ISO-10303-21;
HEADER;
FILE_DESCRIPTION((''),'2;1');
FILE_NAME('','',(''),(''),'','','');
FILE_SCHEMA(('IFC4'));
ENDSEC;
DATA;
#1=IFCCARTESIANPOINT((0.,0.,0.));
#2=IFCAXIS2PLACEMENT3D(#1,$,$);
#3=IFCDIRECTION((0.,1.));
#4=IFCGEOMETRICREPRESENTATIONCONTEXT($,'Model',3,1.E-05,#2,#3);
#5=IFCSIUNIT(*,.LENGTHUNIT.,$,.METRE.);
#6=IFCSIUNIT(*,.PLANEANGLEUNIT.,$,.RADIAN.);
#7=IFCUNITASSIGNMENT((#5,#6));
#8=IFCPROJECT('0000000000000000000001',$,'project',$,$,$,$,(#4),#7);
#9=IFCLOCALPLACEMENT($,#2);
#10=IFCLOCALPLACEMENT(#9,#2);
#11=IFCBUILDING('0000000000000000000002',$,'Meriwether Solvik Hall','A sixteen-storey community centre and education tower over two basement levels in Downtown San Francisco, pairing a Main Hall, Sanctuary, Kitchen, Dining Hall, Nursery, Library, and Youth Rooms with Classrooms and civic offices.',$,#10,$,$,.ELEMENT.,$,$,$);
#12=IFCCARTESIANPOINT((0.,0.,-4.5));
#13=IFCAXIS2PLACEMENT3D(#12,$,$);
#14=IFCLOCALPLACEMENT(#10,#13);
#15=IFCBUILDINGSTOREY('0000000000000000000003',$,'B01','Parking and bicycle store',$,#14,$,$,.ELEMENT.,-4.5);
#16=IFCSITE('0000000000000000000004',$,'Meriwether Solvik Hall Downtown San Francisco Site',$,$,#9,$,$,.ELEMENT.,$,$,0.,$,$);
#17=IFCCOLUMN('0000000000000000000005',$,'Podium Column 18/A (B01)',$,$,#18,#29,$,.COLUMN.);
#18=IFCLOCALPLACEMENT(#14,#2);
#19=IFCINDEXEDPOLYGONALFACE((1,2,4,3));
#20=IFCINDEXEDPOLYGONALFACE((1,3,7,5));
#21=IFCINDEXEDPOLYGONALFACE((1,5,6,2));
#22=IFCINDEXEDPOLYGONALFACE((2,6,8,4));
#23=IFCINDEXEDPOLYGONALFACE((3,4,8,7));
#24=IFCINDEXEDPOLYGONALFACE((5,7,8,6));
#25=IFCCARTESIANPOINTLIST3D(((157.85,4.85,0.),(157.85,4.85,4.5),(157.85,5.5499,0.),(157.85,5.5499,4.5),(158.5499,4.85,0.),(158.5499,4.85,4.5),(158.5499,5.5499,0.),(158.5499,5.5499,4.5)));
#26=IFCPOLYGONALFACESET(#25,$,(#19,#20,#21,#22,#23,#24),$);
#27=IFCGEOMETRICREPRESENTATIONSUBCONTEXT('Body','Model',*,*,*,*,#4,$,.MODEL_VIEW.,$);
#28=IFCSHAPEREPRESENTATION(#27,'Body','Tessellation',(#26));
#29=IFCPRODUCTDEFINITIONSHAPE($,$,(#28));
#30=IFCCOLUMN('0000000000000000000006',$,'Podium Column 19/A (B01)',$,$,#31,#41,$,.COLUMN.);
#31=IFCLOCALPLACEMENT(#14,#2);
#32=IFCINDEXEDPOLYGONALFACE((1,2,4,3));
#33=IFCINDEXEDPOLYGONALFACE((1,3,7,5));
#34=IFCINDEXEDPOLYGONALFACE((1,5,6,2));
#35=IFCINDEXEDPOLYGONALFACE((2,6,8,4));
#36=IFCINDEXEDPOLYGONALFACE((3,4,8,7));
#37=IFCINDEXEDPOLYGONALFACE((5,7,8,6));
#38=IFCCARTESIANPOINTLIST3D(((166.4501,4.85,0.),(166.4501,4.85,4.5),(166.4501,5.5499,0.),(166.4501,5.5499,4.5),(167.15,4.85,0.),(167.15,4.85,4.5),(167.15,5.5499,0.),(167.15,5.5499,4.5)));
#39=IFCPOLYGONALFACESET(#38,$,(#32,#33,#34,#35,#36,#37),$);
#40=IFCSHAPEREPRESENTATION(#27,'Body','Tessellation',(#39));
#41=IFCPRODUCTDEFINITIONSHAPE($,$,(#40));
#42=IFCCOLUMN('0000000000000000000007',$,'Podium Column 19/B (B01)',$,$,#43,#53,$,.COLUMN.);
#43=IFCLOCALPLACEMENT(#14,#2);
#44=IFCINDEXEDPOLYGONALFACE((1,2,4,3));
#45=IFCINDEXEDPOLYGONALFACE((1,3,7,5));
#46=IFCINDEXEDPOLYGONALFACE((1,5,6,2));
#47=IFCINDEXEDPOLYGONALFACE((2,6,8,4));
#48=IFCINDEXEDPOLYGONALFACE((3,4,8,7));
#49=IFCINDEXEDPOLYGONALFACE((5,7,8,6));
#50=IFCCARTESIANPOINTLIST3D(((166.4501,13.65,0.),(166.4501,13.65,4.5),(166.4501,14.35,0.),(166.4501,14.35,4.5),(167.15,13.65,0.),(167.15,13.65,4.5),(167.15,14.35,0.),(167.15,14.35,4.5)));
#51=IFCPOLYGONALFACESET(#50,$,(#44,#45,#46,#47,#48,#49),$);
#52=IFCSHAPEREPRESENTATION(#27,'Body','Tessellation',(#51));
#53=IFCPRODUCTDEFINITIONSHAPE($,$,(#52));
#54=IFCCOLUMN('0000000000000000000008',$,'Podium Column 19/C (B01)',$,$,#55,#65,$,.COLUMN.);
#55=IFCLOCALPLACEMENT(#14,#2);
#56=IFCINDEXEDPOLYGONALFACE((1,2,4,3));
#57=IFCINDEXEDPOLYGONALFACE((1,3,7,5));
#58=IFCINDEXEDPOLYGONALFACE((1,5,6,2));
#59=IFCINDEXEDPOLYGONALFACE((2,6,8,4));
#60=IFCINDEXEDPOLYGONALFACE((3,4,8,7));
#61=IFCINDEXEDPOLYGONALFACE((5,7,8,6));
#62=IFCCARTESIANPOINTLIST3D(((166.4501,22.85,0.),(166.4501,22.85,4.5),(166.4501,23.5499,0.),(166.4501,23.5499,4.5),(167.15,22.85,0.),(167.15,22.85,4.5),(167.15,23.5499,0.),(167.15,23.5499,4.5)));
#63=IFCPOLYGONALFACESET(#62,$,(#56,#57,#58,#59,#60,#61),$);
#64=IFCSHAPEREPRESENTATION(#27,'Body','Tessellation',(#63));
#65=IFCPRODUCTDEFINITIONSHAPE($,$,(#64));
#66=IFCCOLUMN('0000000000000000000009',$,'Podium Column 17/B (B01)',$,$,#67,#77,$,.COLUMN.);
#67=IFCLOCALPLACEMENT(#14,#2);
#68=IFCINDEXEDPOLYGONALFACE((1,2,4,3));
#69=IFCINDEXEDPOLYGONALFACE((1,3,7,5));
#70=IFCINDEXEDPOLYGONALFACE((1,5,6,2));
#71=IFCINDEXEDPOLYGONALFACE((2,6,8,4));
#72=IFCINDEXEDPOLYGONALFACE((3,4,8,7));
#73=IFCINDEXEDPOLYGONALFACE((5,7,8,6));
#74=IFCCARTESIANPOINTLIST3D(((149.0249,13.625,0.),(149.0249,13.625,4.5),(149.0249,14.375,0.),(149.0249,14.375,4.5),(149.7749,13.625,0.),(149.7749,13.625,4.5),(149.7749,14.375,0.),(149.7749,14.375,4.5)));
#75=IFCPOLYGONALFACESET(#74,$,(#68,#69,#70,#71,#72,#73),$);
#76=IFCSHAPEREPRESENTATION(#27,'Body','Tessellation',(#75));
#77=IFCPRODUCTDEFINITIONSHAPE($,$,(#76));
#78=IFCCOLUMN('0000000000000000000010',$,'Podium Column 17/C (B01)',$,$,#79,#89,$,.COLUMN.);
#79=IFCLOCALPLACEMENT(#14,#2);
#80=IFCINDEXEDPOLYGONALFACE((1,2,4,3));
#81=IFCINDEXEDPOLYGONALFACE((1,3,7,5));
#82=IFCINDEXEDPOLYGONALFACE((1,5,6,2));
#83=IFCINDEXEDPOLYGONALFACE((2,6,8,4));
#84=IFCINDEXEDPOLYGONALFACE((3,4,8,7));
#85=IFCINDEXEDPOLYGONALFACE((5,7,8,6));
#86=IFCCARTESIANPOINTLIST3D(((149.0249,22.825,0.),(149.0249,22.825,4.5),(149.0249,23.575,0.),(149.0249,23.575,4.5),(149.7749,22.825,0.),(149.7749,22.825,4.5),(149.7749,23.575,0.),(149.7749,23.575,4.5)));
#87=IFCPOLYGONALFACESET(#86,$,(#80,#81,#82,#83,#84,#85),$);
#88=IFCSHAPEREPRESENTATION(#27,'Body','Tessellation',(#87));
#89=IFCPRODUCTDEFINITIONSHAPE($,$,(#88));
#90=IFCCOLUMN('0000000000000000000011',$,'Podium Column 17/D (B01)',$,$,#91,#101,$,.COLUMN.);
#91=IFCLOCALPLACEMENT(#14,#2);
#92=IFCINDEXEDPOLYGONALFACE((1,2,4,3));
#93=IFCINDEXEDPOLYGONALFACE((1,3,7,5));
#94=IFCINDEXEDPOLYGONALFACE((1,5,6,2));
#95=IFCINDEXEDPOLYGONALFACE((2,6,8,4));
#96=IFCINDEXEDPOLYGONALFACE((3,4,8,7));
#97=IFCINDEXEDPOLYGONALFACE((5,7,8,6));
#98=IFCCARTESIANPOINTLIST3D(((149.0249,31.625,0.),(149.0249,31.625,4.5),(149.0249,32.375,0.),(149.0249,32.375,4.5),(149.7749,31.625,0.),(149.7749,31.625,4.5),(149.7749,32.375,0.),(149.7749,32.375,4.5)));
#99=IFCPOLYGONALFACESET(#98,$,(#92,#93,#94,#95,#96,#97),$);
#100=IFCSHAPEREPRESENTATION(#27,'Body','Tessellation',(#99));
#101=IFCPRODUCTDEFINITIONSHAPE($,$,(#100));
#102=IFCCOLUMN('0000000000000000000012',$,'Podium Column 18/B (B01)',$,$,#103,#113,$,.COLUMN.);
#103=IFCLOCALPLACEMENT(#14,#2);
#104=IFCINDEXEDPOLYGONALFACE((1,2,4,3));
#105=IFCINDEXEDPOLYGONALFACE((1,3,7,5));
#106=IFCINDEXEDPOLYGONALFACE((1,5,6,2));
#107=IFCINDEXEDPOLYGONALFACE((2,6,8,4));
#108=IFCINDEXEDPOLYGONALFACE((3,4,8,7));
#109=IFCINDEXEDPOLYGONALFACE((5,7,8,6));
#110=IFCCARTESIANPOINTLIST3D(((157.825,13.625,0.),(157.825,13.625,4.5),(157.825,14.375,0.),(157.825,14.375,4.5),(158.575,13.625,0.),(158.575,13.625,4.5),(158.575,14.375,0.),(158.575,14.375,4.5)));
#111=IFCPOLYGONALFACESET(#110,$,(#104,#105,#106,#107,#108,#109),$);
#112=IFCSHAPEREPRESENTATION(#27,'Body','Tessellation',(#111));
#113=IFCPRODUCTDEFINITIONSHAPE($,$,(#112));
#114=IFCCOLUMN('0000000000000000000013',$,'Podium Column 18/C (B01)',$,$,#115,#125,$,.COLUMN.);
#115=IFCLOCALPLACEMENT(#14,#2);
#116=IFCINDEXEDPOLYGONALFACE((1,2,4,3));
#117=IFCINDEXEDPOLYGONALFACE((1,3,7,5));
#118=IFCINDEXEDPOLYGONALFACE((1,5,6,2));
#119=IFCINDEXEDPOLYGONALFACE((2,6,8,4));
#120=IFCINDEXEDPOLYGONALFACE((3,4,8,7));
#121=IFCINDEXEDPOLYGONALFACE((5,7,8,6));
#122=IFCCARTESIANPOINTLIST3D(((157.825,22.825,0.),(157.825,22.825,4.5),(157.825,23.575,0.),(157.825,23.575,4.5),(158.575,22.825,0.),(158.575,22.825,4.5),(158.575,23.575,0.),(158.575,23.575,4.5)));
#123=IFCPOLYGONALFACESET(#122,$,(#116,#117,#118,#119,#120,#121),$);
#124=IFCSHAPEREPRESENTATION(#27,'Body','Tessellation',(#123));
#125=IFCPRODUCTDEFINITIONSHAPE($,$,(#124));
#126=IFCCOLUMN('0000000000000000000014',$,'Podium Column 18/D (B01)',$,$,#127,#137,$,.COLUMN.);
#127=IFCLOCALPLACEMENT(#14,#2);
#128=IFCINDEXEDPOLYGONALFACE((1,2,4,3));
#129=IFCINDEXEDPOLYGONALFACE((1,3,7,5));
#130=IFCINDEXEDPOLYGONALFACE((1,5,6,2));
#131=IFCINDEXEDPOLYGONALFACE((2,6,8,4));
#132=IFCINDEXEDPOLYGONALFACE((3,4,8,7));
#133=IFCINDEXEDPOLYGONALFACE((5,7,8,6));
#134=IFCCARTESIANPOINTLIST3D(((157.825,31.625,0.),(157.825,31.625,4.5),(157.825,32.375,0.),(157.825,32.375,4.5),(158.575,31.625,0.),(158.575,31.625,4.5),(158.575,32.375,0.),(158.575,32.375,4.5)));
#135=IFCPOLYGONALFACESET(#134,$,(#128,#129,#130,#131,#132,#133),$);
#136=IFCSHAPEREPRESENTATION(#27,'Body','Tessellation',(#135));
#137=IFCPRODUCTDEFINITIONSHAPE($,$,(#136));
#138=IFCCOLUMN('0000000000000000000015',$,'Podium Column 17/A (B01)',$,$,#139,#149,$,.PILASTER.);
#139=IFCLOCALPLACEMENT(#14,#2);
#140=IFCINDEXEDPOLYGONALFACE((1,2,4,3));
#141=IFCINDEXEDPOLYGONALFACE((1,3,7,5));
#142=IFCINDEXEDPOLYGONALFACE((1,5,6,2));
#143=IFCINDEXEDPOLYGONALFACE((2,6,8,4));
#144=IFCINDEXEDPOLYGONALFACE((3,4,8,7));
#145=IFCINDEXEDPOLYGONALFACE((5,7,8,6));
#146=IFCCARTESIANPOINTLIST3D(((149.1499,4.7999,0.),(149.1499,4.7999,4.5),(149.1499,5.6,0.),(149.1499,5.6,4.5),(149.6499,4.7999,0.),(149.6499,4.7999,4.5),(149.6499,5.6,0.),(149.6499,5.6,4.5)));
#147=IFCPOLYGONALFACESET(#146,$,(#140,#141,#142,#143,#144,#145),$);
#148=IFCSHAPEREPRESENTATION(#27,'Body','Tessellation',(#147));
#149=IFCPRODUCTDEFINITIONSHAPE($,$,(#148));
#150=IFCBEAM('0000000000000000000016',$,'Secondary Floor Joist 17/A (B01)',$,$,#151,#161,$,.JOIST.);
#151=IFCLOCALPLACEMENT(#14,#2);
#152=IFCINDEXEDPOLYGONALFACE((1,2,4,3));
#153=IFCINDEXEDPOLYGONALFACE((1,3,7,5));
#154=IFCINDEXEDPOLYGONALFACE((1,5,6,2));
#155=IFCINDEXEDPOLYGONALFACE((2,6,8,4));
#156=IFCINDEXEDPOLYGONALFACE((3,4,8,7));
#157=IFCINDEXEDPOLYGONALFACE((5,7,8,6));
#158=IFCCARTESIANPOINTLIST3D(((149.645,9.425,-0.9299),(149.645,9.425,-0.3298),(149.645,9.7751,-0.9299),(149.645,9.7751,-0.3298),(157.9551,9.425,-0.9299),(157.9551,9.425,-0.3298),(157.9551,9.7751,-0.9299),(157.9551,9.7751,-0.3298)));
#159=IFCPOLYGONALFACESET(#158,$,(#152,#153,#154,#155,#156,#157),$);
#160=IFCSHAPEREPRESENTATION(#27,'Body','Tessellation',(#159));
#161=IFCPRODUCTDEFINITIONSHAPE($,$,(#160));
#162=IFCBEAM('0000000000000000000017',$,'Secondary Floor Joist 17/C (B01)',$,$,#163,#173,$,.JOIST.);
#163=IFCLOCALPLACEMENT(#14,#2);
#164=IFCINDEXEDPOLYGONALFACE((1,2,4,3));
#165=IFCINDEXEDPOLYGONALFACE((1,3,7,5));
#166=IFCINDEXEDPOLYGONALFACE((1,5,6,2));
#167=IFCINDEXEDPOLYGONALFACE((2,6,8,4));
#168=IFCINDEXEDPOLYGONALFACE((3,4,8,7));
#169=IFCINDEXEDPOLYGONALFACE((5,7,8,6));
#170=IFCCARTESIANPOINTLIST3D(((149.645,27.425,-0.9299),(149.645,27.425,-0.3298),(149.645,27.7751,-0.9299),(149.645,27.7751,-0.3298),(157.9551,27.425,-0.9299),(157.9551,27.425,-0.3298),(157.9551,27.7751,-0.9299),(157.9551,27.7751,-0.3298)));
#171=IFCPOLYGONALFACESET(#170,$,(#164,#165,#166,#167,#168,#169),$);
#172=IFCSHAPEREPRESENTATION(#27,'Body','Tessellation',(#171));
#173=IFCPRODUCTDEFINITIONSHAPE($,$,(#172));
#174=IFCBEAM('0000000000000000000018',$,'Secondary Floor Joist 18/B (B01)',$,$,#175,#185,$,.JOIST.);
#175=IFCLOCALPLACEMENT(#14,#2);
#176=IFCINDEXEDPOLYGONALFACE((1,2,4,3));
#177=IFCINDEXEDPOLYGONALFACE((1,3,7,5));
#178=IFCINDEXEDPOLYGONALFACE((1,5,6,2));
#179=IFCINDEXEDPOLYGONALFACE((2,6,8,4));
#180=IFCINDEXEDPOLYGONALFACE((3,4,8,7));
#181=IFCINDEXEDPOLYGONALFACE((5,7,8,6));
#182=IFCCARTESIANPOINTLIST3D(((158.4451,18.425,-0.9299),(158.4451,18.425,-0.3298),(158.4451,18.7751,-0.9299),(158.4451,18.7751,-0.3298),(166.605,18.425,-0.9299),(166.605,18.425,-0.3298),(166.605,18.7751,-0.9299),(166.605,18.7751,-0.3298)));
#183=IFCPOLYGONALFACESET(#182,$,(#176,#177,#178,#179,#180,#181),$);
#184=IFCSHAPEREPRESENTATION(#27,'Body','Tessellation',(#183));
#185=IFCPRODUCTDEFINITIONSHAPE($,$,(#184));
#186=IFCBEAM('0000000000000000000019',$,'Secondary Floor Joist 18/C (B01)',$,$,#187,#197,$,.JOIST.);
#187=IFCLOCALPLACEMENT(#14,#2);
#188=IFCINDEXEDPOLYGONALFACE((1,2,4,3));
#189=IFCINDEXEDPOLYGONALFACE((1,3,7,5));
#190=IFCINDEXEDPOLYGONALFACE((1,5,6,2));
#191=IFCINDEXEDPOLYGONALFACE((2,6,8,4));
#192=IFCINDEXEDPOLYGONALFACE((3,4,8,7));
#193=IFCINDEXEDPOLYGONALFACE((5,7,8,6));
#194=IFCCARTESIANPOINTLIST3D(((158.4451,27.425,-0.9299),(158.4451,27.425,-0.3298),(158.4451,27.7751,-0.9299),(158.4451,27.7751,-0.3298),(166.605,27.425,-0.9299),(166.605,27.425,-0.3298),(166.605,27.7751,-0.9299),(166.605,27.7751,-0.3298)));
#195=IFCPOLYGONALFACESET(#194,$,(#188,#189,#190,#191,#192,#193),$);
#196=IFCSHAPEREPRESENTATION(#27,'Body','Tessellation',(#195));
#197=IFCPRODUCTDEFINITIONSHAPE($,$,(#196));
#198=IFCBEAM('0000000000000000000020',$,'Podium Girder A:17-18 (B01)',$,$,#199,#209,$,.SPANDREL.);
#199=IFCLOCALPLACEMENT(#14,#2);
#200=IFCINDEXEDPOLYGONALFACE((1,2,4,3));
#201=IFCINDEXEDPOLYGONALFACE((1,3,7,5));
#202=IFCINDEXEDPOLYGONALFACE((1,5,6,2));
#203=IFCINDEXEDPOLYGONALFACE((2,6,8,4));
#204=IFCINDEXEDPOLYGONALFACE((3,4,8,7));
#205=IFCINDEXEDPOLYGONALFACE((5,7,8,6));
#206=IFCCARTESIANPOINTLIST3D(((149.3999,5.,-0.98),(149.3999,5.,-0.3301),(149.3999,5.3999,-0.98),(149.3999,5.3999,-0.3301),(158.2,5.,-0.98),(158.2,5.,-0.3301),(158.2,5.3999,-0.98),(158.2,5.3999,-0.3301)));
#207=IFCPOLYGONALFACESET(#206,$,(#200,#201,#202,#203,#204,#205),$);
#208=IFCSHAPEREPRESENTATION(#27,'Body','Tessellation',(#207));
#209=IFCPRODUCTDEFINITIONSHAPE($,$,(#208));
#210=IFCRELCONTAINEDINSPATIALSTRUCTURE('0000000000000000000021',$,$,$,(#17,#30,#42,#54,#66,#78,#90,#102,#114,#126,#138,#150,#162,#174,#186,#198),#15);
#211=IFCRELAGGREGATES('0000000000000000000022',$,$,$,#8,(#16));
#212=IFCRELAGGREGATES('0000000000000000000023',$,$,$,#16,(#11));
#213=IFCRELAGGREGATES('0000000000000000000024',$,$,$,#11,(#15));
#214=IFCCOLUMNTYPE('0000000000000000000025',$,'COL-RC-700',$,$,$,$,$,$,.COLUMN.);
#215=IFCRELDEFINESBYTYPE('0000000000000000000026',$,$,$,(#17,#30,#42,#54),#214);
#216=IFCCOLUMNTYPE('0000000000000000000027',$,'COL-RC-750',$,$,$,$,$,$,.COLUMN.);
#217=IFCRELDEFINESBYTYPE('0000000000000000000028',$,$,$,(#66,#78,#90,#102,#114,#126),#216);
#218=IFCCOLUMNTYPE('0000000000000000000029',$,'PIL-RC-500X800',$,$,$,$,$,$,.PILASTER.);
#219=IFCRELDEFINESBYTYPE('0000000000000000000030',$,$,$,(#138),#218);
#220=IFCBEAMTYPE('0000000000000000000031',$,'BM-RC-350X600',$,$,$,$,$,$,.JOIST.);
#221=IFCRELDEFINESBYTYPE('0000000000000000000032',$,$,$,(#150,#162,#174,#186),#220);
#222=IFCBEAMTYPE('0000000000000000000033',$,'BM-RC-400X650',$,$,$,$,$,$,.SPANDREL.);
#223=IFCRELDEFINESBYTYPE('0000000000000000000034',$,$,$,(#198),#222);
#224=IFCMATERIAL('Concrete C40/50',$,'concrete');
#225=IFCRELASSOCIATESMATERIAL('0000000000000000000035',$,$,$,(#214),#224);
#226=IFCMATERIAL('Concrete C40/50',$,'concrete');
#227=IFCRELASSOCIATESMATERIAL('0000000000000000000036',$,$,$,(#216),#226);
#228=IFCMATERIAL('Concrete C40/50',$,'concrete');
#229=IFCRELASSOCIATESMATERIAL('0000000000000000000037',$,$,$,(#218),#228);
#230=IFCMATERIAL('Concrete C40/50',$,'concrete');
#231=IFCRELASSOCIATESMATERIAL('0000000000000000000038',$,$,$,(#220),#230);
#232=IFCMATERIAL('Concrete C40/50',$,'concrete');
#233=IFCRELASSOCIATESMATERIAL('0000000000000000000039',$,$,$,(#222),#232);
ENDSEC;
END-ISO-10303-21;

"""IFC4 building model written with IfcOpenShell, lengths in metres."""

from ifc_helpers import new_model, si_unit, direction, frame, origin, origin_2d, place, context, subcontext, project, spatial, rectangle, extrude, material, material_profile, profile_set, type_object, element, save


model = new_model("IFC4")

# Units and contexts
model_context = context("Model", 3, precision=1e-05, world=origin(), true_north=direction((0.0, 1.0)))
body_context = subcontext(model_context, "Body", "Model", "MODEL_VIEW")
ifc_project = project(units=[si_unit("LENGTHUNIT", "METRE"), si_unit("PLANEANGLEUNIT", "RADIAN")], contexts=[model_context])

# Site, building, storey
site_placement = place(None, origin())
site = spatial("IfcSite", under=ifc_project, at=site_placement, Name="Meriwether Solvik Hall Downtown San Francisco Site", CompositionType="ELEMENT", RefElevation=0.0)
building_placement = place(site_placement, origin())
building = spatial("IfcBuilding", under=site, at=building_placement, Name="Meriwether Solvik Hall", Description="A sixteen-storey community centre and education tower over two basement levels in Downtown San Francisco, pairing a Main Hall, Sanctuary, Kitchen, Dining Hall, Nursery, Library, and Youth Rooms with Classrooms and civic offices.", CompositionType="ELEMENT")
storey_placement = place(building_placement, frame((0.0, 0.0, -4.5)))
storey = spatial("IfcBuildingStorey", under=building, at=storey_placement, Name="B01", Description="Parking and bicycle store", CompositionType="ELEMENT", Elevation=-4.5)

# Columns
ifc_material_1 = material(Name="Concrete C40/50", Category="concrete")
ifc_material_profile_1 = material_profile(ifc_material_1, rectangle(XDim=0.7, YDim=0.7, at=origin_2d()), Name="RCC-700X700")
ifc_profile_set_1 = profile_set([ifc_material_profile_1], Name="Concrete C40/50")
column_type_1 = type_object("IfcColumnType", Name="COL-RC-700", PredefinedType="COLUMN", material=ifc_profile_set_1)
for number, where, z_axis, x_axis, name in (
    (1, (158.2, 5.2, 0.0), (0.0, 0.0, 1.0), (1.0, 0.0, 0.0), "Podium Column 18/A (B01)"),
    (2, (166.8, 5.2, 0.0), (0.0, 0.0, 1.0), (1.0, 0.0, 0.0), "Podium Column 19/A (B01)"),
    (3, (166.8, 14.0, 0.0), (0.0, 0.0, 1.0), (1.0, 0.0, 0.0), "Podium Column 19/B (B01)"),
    (4, (166.8, 23.2, 0.0), (0.0, 0.0, 1.0), (1.0, 0.0, 0.0), "Podium Column 19/C (B01)"),
):
    element("IfcColumn", number, at=place(storey_placement, frame(where, z_axis=z_axis, x_axis=x_axis)), inside=storey, type_object=column_type_1, Name=name, PredefinedType="COLUMN", context=body_context, shape_type="SweptSolid", body=[
        extrude(rectangle(XDim=0.7, YDim=0.7, at=origin_2d()), origin(), (0.0, 0.0, 1.0), 4.5),
    ])
ifc_material_2 = material(Name="Concrete C40/50", Category="concrete")
ifc_material_profile_2 = material_profile(ifc_material_2, rectangle(XDim=0.75, YDim=0.75, at=origin_2d()), Name="RCC-750X750")
ifc_profile_set_2 = profile_set([ifc_material_profile_2], Name="Concrete C40/50")
column_type_2 = type_object("IfcColumnType", Name="COL-RC-750", PredefinedType="COLUMN", material=ifc_profile_set_2)
for number, where, z_axis, x_axis, name in (
    (5, (149.3999, 14.0, 0.0), (0.0, 0.0, 1.0), (1.0, 0.0, 0.0), "Podium Column 17/B (B01)"),
    (6, (149.3999, 23.2, 0.0), (0.0, 0.0, 1.0), (1.0, 0.0, 0.0), "Podium Column 17/C (B01)"),
    (7, (149.3999, 32.0, 0.0), (0.0, 0.0, 1.0), (1.0, 0.0, 0.0), "Podium Column 17/D (B01)"),
    (8, (158.2, 14.0, 0.0), (0.0, 0.0, 1.0), (1.0, 0.0, 0.0), "Podium Column 18/B (B01)"),
    (9, (158.2, 23.2, 0.0), (0.0, 0.0, 1.0), (1.0, 0.0, 0.0), "Podium Column 18/C (B01)"),
    (10, (158.2, 32.0, 0.0), (0.0, 0.0, 1.0), (1.0, 0.0, 0.0), "Podium Column 18/D (B01)"),
):
    element("IfcColumn", number, at=place(storey_placement, frame(where, z_axis=z_axis, x_axis=x_axis)), inside=storey, type_object=column_type_2, Name=name, PredefinedType="COLUMN", context=body_context, shape_type="SweptSolid", body=[
        extrude(rectangle(XDim=0.75, YDim=0.75, at=origin_2d()), origin(), (0.0, 0.0, 1.0), 4.5),
    ])
ifc_material_3 = material(Name="Concrete C40/50", Category="concrete")
ifc_material_profile_3 = material_profile(ifc_material_3, rectangle(XDim=0.5, YDim=0.8, at=origin_2d()), Name="RCP-500X800")
ifc_profile_set_3 = profile_set([ifc_material_profile_3], Name="Concrete C40/50")
column_type_3 = type_object("IfcColumnType", Name="PIL-RC-500X800", PredefinedType="PILASTER", material=ifc_profile_set_3)
column_placement = place(storey_placement, frame((149.3999, 5.2, 0.0), z_axis=(0.0, 0.0, 1.0), x_axis=(1.0, 0.0, 0.0)))
element("IfcColumn", 11, at=column_placement, inside=storey, type_object=column_type_3, Name="Podium Column 17/A (B01)", PredefinedType="PILASTER", context=body_context, shape_type="SweptSolid", body=[
    extrude(rectangle(XDim=0.5, YDim=0.8, at=origin_2d()), origin(), (0.0, 0.0, 1.0), 4.5),
])

# Beams
ifc_material_4 = material(Name="Concrete C40/50", Category="concrete")
ifc_material_profile_4 = material_profile(ifc_material_4, rectangle(XDim=0.3501, YDim=0.6001, at=origin_2d()), Name="RCB-350X600")
ifc_profile_set_4 = profile_set([ifc_material_profile_4], Name="Concrete C40/50")
beam_type_1 = type_object("IfcBeamType", Name="BM-RC-350X600", PredefinedType="JOIST", material=ifc_profile_set_4)
for number, where, z_axis, x_axis, name in (
    (12, (149.645, 9.6001, -0.6299), (1.0, 0.0, 0.0), (0.0, 1.0, 0.0), "Secondary Floor Joist 17/A (B01)"),
    (13, (149.645, 27.6001, -0.6299), (1.0, 0.0, 0.0), (0.0, 1.0, 0.0), "Secondary Floor Joist 17/C (B01)"),
):
    element("IfcBeam", number, at=place(storey_placement, frame(where, z_axis=z_axis, x_axis=x_axis)), inside=storey, type_object=beam_type_1, Name=name, PredefinedType="JOIST", context=body_context, shape_type="SweptSolid", body=[
        extrude(rectangle(XDim=0.3501, YDim=0.6001, at=origin_2d()), origin(), (0.0, 0.0, 1.0), 8.3101),
    ])
for number, where, z_axis, x_axis, name in (
    (14, (158.4451, 18.6001, -0.6299), (1.0, 0.0, 0.0), (0.0, 1.0, 0.0), "Secondary Floor Joist 18/B (B01)"),
    (15, (158.4451, 27.6001, -0.6299), (1.0, 0.0, 0.0), (0.0, 1.0, 0.0), "Secondary Floor Joist 18/C (B01)"),
):
    element("IfcBeam", number, at=place(storey_placement, frame(where, z_axis=z_axis, x_axis=x_axis)), inside=storey, type_object=beam_type_1, Name=name, PredefinedType="JOIST", context=body_context, shape_type="SweptSolid", body=[
        extrude(rectangle(XDim=0.3501, YDim=0.6001, at=origin_2d()), origin(), (0.0, 0.0, 1.0), 8.1599),
    ])
ifc_material_5 = material(Name="Concrete C40/50", Category="concrete")
ifc_material_profile_5 = material_profile(ifc_material_5, rectangle(XDim=0.3999, YDim=0.6499, at=origin_2d()), Name="RCB-400X650")
ifc_profile_set_5 = profile_set([ifc_material_profile_5], Name="Concrete C40/50")
beam_type_2 = type_object("IfcBeamType", Name="BM-RC-400X650", PredefinedType="SPANDREL", material=ifc_profile_set_5)
beam_1_placement = place(storey_placement, frame((149.3999, 5.2, -0.655), z_axis=(1.0, 0.0, 0.0), x_axis=(0.0, 1.0, 0.0)))
element("IfcBeam", 16, at=beam_1_placement, inside=storey, type_object=beam_type_2, Name="Podium Girder A:17-18 (B01)", PredefinedType="SPANDREL", context=body_context, shape_type="SweptSolid", body=[
    extrude(rectangle(XDim=0.3999, YDim=0.6499, at=origin_2d()), origin(), (0.0, 0.0, 1.0), 8.8),
])

save(model, "model.ifc")
